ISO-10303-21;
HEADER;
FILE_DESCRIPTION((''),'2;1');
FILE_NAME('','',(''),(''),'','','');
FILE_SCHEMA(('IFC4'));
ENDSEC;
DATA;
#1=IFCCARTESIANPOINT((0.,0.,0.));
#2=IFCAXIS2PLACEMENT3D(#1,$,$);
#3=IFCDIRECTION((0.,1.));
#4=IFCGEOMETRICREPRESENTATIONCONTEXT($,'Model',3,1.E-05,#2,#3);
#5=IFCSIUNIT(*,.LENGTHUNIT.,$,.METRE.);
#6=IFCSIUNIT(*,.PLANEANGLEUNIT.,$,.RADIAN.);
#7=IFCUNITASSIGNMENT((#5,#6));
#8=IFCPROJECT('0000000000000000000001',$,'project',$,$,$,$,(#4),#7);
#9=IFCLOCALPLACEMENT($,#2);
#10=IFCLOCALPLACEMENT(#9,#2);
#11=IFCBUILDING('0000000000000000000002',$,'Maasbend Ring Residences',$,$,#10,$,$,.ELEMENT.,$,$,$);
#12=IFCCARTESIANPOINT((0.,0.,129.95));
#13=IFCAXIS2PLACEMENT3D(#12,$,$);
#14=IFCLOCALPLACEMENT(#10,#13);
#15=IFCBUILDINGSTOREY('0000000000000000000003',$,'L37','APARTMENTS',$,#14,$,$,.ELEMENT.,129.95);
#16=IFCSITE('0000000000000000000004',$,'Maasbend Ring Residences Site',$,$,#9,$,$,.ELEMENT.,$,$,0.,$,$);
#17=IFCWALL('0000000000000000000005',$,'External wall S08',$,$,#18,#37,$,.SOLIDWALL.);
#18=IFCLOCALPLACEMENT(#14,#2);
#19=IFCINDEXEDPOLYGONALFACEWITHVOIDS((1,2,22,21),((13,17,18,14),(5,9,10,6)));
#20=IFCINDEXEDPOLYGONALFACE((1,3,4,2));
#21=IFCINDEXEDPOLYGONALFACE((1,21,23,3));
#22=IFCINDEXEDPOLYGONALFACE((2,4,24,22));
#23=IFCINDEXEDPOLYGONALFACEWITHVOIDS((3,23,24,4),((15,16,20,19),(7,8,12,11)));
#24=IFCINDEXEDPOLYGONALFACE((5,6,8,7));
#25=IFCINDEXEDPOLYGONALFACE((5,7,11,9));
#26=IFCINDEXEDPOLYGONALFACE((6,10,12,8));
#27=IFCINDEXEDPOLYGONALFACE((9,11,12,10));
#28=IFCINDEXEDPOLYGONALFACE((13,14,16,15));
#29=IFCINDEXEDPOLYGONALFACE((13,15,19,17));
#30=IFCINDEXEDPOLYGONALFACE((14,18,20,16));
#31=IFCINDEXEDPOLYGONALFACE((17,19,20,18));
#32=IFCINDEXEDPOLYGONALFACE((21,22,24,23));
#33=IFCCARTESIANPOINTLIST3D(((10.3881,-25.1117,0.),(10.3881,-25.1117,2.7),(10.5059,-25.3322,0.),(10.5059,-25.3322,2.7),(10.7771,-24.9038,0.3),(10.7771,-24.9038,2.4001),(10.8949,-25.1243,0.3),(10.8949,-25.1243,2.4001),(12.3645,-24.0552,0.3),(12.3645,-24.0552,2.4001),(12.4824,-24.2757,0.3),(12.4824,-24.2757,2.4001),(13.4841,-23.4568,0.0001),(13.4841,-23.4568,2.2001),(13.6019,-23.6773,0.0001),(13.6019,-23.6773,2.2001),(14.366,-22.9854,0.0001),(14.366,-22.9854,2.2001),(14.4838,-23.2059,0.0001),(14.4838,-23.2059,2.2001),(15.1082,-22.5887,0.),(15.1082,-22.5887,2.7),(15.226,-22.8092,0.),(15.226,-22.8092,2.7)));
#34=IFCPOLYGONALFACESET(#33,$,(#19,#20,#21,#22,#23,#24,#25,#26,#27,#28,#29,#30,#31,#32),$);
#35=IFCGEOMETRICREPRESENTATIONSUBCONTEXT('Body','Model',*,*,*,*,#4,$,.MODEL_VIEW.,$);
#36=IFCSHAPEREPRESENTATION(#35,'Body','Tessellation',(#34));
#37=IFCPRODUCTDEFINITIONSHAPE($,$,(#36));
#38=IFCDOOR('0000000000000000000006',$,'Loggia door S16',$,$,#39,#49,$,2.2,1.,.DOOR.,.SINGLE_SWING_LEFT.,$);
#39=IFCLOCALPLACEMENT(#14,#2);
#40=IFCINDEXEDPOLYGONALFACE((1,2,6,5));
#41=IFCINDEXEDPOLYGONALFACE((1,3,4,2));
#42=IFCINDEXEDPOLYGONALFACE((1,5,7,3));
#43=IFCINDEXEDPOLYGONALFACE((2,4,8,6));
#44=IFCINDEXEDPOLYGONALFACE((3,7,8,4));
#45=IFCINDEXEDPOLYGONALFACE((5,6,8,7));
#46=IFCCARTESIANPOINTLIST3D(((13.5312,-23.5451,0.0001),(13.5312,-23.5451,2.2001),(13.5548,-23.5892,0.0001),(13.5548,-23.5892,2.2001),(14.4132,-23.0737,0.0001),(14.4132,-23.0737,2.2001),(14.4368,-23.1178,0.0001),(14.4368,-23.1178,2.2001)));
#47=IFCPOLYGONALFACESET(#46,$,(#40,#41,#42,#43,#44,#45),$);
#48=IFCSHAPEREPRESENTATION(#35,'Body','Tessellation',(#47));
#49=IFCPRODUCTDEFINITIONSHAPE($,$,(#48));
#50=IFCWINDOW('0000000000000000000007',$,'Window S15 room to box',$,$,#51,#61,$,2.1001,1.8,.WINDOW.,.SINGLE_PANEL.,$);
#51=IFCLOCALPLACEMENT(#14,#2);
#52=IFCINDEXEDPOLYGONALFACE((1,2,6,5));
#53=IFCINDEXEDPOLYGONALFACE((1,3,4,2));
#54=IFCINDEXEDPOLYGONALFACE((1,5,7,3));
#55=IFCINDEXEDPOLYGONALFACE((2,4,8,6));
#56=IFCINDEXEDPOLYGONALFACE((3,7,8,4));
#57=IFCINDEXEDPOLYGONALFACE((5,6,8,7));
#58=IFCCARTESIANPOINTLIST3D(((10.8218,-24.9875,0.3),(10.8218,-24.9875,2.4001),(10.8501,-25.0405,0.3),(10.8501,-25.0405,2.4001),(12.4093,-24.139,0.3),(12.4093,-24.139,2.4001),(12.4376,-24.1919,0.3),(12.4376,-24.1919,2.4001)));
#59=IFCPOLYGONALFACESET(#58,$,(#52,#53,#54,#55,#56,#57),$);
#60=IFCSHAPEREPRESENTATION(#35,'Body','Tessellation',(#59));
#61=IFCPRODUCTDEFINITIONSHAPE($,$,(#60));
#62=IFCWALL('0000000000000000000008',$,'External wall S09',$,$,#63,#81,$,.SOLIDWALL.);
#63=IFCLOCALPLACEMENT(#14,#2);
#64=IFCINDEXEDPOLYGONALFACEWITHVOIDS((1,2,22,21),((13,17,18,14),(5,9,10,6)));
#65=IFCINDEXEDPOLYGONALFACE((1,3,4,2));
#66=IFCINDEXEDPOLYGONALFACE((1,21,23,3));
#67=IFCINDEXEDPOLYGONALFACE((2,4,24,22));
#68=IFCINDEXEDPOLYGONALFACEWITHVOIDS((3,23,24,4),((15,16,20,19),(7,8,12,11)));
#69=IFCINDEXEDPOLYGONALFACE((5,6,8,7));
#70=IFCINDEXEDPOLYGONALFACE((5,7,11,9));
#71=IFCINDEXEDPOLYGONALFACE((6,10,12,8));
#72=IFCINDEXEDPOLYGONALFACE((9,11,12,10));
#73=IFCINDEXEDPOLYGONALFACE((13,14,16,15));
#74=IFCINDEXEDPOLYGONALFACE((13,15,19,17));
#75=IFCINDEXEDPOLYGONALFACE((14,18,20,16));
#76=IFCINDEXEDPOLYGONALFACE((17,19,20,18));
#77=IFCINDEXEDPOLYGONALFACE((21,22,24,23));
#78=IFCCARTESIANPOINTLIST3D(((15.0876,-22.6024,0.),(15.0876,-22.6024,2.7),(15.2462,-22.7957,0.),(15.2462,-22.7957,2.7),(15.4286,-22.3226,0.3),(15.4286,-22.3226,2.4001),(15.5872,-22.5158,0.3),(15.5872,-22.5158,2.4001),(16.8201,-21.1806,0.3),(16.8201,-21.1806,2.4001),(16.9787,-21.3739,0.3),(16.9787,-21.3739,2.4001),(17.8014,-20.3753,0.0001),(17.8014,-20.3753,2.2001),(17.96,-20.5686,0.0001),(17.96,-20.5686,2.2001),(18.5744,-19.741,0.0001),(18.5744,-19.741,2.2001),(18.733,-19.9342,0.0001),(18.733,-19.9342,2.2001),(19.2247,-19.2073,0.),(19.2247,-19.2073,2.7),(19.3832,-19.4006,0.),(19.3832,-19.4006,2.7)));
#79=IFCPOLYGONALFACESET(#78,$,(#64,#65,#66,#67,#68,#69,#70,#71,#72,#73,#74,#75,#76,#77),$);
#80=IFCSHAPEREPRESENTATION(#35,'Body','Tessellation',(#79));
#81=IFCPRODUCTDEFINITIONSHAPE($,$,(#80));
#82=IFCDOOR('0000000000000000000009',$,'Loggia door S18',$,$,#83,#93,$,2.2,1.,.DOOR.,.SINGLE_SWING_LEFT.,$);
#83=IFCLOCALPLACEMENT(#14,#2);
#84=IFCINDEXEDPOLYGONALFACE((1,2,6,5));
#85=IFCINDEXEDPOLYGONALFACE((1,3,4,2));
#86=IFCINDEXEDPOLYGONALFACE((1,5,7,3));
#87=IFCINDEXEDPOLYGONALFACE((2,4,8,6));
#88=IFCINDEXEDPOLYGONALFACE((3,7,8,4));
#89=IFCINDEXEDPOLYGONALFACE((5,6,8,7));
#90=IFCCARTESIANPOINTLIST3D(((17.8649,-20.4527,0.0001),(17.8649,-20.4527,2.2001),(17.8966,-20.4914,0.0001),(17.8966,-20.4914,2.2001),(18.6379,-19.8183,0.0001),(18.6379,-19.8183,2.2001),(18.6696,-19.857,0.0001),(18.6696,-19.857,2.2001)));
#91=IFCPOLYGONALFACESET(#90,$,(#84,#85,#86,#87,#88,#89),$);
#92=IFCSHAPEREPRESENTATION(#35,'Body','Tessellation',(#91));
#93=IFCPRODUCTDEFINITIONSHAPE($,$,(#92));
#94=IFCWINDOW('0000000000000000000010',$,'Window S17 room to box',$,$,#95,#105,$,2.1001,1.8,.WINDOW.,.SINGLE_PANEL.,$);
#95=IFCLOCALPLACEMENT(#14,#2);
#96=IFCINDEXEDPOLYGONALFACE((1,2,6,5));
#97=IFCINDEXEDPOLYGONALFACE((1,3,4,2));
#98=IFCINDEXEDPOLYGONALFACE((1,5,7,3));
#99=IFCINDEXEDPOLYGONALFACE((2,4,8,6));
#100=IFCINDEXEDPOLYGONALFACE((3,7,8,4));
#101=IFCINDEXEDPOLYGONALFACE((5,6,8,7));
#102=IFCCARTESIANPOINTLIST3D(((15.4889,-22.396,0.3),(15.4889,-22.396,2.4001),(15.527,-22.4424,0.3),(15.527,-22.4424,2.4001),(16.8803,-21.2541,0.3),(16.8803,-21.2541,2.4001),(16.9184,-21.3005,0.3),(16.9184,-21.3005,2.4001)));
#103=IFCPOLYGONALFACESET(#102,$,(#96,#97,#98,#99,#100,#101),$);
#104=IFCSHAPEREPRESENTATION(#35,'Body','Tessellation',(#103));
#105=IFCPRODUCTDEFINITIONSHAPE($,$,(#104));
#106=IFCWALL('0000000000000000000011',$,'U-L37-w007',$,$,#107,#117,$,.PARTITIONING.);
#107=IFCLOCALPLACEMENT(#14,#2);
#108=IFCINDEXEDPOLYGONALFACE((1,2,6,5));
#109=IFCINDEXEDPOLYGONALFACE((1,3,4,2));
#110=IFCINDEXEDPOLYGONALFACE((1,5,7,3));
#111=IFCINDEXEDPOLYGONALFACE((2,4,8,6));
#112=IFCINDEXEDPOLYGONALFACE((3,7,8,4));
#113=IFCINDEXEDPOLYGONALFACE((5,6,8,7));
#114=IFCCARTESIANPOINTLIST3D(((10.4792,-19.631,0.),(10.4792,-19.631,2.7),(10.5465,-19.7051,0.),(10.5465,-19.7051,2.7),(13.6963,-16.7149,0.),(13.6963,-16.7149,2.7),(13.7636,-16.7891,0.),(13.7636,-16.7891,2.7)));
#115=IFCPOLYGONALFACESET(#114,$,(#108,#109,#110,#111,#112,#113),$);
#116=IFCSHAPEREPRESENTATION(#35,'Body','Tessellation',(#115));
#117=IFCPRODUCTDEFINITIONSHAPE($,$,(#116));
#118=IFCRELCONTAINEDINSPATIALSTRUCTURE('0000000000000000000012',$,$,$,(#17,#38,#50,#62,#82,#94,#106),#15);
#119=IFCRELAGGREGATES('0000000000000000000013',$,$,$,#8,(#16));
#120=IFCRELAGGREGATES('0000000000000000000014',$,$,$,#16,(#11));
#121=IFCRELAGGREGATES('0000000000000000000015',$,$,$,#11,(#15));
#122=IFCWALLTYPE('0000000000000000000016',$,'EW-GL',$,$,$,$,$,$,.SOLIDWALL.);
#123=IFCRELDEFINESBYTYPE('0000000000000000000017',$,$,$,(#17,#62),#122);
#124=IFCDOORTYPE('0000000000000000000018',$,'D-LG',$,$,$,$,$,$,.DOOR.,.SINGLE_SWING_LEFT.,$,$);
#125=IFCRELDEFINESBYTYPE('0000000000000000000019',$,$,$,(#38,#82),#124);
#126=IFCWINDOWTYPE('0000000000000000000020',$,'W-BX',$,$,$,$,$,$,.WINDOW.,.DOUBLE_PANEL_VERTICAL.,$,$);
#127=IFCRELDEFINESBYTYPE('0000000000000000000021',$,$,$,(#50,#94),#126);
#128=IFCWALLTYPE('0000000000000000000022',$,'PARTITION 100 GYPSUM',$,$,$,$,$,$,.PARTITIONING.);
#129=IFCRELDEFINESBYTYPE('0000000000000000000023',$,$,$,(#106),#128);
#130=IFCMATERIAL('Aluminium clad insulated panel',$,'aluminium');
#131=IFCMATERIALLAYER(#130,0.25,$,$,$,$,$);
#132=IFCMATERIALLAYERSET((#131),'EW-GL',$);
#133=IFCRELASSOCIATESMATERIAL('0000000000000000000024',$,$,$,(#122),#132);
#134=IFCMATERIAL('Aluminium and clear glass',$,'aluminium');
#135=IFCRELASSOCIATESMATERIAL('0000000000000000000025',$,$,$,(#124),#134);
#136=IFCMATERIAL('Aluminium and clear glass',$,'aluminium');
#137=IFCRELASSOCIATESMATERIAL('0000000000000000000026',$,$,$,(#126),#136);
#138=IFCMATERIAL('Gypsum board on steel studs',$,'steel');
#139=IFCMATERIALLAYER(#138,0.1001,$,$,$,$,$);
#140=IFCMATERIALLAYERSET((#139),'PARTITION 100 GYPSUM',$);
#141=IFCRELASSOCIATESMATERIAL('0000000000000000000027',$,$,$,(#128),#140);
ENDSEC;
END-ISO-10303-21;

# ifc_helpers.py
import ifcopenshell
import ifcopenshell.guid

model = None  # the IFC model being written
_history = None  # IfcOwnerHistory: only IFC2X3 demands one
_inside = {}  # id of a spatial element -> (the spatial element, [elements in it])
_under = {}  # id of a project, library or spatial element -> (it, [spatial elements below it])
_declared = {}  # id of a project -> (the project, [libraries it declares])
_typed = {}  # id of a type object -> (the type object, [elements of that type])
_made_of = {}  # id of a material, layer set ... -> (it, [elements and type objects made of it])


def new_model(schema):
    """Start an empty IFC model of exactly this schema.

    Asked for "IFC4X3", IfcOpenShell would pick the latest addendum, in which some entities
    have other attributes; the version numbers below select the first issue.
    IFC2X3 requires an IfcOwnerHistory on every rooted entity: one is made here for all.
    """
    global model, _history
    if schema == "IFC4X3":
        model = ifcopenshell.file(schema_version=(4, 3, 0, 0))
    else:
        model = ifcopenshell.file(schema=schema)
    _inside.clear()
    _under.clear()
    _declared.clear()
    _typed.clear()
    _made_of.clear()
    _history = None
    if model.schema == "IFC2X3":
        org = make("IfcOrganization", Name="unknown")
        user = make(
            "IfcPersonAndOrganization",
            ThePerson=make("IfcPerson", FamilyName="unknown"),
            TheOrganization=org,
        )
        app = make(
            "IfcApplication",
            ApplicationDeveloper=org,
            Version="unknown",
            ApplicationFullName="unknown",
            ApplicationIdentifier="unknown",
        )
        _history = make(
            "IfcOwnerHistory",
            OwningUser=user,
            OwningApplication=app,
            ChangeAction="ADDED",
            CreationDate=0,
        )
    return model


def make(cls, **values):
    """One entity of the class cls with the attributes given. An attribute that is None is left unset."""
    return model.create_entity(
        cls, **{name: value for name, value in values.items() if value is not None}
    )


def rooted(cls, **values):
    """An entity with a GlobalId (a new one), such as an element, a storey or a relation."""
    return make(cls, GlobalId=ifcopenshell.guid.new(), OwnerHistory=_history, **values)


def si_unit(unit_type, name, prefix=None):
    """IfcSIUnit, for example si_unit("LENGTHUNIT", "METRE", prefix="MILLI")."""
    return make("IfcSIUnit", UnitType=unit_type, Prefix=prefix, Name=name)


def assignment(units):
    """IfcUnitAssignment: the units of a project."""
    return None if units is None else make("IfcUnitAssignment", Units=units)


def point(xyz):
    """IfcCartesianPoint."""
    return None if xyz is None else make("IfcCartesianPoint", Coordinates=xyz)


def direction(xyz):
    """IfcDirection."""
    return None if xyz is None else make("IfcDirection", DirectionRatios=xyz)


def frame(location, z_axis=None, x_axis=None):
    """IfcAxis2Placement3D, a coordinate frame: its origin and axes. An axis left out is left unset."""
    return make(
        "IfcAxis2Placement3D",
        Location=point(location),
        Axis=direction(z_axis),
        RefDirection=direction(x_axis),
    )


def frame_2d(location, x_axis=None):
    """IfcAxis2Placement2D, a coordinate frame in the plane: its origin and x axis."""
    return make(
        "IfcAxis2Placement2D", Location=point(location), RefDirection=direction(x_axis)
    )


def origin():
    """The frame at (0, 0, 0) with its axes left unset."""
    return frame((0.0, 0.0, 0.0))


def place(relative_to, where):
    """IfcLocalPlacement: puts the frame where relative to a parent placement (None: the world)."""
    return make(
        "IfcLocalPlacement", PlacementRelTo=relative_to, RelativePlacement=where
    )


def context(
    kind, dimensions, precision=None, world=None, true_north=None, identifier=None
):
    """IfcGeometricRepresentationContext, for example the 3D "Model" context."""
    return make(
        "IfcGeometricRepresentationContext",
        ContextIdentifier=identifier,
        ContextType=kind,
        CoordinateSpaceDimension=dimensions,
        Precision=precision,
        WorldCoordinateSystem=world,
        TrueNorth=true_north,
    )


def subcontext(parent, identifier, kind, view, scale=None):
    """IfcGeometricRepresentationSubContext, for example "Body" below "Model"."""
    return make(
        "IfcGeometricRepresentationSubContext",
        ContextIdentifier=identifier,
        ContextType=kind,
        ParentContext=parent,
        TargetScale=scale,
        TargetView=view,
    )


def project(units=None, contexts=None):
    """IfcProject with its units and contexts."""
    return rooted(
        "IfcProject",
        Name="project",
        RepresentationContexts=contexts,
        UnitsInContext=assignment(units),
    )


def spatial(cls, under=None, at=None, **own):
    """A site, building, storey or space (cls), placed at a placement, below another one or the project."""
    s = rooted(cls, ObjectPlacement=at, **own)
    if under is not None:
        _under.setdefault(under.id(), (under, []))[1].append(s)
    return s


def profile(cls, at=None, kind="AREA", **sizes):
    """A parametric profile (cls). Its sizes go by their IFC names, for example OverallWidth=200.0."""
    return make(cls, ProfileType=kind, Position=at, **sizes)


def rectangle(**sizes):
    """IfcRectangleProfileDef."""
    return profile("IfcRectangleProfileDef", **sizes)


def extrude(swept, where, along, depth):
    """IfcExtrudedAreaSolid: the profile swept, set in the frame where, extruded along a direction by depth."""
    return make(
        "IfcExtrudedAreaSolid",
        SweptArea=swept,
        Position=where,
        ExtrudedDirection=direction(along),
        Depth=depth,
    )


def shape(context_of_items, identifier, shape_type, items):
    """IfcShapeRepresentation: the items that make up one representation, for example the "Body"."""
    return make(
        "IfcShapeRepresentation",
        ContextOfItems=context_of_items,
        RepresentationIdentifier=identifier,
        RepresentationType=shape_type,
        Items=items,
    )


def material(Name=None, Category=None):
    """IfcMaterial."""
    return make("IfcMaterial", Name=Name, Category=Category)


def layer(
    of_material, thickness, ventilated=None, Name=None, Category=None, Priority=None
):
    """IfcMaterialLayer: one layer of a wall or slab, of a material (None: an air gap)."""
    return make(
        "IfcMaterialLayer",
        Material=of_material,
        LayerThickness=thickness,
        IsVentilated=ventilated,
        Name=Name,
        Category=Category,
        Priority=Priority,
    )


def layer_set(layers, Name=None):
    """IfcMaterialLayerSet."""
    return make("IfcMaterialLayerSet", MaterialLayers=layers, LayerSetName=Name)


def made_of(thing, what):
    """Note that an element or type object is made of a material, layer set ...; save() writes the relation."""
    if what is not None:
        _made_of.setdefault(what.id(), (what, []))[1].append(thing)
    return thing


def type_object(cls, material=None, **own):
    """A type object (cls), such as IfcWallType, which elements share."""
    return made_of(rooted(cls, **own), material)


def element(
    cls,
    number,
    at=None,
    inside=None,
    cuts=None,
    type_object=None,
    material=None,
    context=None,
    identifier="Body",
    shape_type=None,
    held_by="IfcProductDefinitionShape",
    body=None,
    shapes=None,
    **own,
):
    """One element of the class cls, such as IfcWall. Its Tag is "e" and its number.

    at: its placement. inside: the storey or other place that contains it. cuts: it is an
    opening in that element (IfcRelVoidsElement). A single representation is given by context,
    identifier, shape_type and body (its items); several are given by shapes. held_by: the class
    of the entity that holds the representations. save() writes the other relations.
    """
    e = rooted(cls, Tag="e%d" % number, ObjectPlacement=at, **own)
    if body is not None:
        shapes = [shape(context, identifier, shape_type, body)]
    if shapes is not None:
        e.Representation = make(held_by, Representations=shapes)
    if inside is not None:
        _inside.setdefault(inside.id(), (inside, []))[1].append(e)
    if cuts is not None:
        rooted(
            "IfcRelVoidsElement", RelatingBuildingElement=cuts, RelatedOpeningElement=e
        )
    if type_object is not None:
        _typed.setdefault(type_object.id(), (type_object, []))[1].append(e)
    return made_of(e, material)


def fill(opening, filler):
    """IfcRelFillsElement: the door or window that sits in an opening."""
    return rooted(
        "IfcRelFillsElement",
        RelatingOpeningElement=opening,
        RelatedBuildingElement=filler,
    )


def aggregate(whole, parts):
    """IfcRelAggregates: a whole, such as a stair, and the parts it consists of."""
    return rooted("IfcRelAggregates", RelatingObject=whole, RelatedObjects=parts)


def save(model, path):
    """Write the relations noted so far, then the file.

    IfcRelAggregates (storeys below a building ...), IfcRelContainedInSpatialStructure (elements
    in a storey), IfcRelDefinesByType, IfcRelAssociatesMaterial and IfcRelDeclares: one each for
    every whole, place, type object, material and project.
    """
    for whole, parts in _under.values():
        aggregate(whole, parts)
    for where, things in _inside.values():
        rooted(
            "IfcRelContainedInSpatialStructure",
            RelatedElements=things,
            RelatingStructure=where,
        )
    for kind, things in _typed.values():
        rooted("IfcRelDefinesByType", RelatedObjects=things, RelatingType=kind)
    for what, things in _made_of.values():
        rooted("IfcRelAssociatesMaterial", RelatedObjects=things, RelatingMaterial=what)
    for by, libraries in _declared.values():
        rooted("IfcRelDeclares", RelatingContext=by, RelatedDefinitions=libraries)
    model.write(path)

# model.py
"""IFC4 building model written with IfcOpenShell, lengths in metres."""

from ifc_helpers import new_model, si_unit, direction, frame, frame_2d, origin, place, context, subcontext, project, spatial, rectangle, extrude, material, layer, layer_set, type_object, element, fill, save


model = new_model("IFC4")

# Units and contexts
model_context = context("Model", 3, precision=1e-05, world=origin(), true_north=direction((0.0, 1.0)))
body_context = subcontext(model_context, "Body", "Model", "MODEL_VIEW")
ifc_project = project(units=[si_unit("LENGTHUNIT", "METRE"), si_unit("PLANEANGLEUNIT", "RADIAN")], contexts=[model_context])

# Site, building, storey
site_placement = place(None, origin())
site = spatial("IfcSite", under=ifc_project, at=site_placement, Name="Maasbend Ring Residences Site", CompositionType="ELEMENT", RefElevation=0.0)
building_placement = place(site_placement, origin())
building = spatial("IfcBuilding", under=site, at=building_placement, Name="Maasbend Ring Residences", CompositionType="ELEMENT")
storey_placement = place(building_placement, frame((0.0, 0.0, 129.95)))
storey = spatial("IfcBuildingStorey", under=building, at=storey_placement, Name="L37", Description="APARTMENTS", CompositionType="ELEMENT", Elevation=129.95)

# Walls, openings, doors, windows
ifc_material_1 = material(Name="Aluminium clad insulated panel", Category="aluminium")
ifc_layer_1 = layer(ifc_material_1, 0.25)
ifc_layer_set_1 = layer_set([ifc_layer_1], Name="EW-GL")
wall_type_1 = type_object("IfcWallType", Name="EW-GL", PredefinedType="SOLIDWALL", material=ifc_layer_set_1)
wall_1_placement = place(storey_placement, frame((10.447, -25.2219, 0.0), z_axis=(0.0, 0.0, 1.0), x_axis=(0.881916, 0.471407, 0.0)))
wall_1 = element("IfcWall", 1, at=wall_1_placement, inside=storey, type_object=wall_type_1, Name="External wall S08", PredefinedType="SOLIDWALL", context=body_context, shape_type="SweptSolid", body=[
    extrude(rectangle(XDim=5.3521, YDim=0.25, at=frame_2d((2.676, 0.0))), origin(), (0.0, 0.0, 1.0), 2.7),
])
opening_1_placement = place(wall_1_placement, frame((0.4412, 0.0, 0.3)))
opening_1 = element("IfcOpeningElement", 2, at=opening_1_placement, cuts=wall_1, PredefinedType="OPENING", context=body_context, shape_type="SweptSolid", body=[
    extrude(rectangle(XDim=1.8, YDim=2.1001, at=frame_2d((0.8999, 1.05))), frame((0.0, 0.135, 0.0), z_axis=(0.0, -1.0, 0.0), x_axis=(1.0, 0.0, 0.0)), (0.0, 0.0, 1.0), 0.27),
])
opening_2_placement = place(wall_1_placement, frame((3.5105, 0.0, 0.0)))
opening_2 = element("IfcOpeningElement", 3, at=opening_2_placement, cuts=wall_1, PredefinedType="OPENING", context=body_context, shape_type="SweptSolid", body=[
    extrude(rectangle(XDim=1.0, YDim=2.2, at=frame_2d((0.5, 1.1001))), frame((0.0, 0.135, 0.0), z_axis=(0.0, -1.0, 0.0), x_axis=(1.0, 0.0, 0.0)), (0.0, 0.0, 1.0), 0.27),
])
ifc_material_2 = material(Name="Aluminium and clear glass", Category="aluminium")
door_type = type_object("IfcDoorType", Name="D-LG", OperationType="SINGLE_SWING_LEFT", PredefinedType="DOOR", material=ifc_material_2)
door_1_placement = place(opening_2_placement, origin())
door_1 = element("IfcDoor", 4, at=door_1_placement, inside=storey, type_object=door_type, Name="Loggia door S16", OperationType="SINGLE_SWING_LEFT", OverallHeight=2.2, OverallWidth=1.0, PredefinedType="DOOR", context=body_context, shape_type="SweptSolid", body=[
    extrude(rectangle(XDim=1.0, YDim=2.2, at=frame_2d((0.5, 1.1001))), frame((0.0, 0.0249, 0.0), z_axis=(0.0, -1.0, 0.0), x_axis=(1.0, 0.0, 0.0)), (0.0, 0.0, 1.0), 0.05),
])
fill(opening_2, door_1)
ifc_material_3 = material(Name="Aluminium and clear glass", Category="aluminium")
window_type_1 = type_object("IfcWindowType", Name="W-BX", PartitioningType="DOUBLE_PANEL_VERTICAL", PredefinedType="WINDOW", material=ifc_material_3)
window_1_placement = place(opening_1_placement, origin())
window_1 = element("IfcWindow", 5, at=window_1_placement, inside=storey, type_object=window_type_1, Name="Window S15 room to box", OverallHeight=2.1001, OverallWidth=1.8, PartitioningType="SINGLE_PANEL", PredefinedType="WINDOW", context=body_context, shape_type="SweptSolid", body=[
    extrude(rectangle(XDim=1.8, YDim=2.1001, at=frame_2d((0.8999, 1.05))), frame((0.0, 0.03, 0.0), z_axis=(0.0, -1.0, 0.0), x_axis=(1.0, 0.0, 0.0)), (0.0, 0.0, 1.0), 0.0601),
])
fill(opening_1, window_1)
wall_2_placement = place(storey_placement, frame((15.167, -22.699, 0.0), z_axis=(0.0, 0.0, 1.0), x_axis=(0.773019, 0.634382, 0.0)))
wall_2 = element("IfcWall", 6, at=wall_2_placement, inside=storey, type_object=wall_type_1, Name="External wall S09", PredefinedType="SOLIDWALL", context=body_context, shape_type="SweptSolid", body=[
    extrude(rectangle(XDim=5.3518, YDim=0.25, at=frame_2d((2.6758, 0.0))), origin(), (0.0, 0.0, 1.0), 2.7),
])
opening_3_placement = place(wall_2_placement, frame((0.4412, 0.0, 0.3)))
opening_3 = element("IfcOpeningElement", 7, at=opening_3_placement, cuts=wall_2, PredefinedType="OPENING", context=body_context, shape_type="SweptSolid", body=[
    extrude(rectangle(XDim=1.8, YDim=2.1001, at=frame_2d((0.8999, 1.05))), frame((0.0, 0.135, 0.0), z_axis=(0.0, -1.0, 0.0), x_axis=(1.0, 0.0, 0.0)), (0.0, 0.0, 1.0), 0.27),
])
opening_4_placement = place(wall_2_placement, frame((3.5105, 0.0, 0.0)))
opening_4 = element("IfcOpeningElement", 8, at=opening_4_placement, cuts=wall_2, PredefinedType="OPENING", context=body_context, shape_type="SweptSolid", body=[
    extrude(rectangle(XDim=1.0, YDim=2.2, at=frame_2d((0.5, 1.1001))), frame((0.0, 0.135, 0.0), z_axis=(0.0, -1.0, 0.0), x_axis=(1.0, 0.0, 0.0)), (0.0, 0.0, 1.0), 0.27),
])
door_2_placement = place(opening_4_placement, origin())
door_2 = element("IfcDoor", 9, at=door_2_placement, inside=storey, type_object=door_type, Name="Loggia door S18", OperationType="SINGLE_SWING_LEFT", OverallHeight=2.2, OverallWidth=1.0, PredefinedType="DOOR", context=body_context, shape_type="SweptSolid", body=[
    extrude(rectangle(XDim=1.0, YDim=2.2, at=frame_2d((0.5, 1.1001))), frame((0.0, 0.0249, 0.0), z_axis=(0.0, -1.0, 0.0), x_axis=(1.0, 0.0, 0.0)), (0.0, 0.0, 1.0), 0.05),
])
fill(opening_4, door_2)
window_2_placement = place(opening_3_placement, origin())
window_2 = element("IfcWindow", 10, at=window_2_placement, inside=storey, type_object=window_type_1, Name="Window S17 room to box", OverallHeight=2.1001, OverallWidth=1.8, PartitioningType="SINGLE_PANEL", PredefinedType="WINDOW", context=body_context, shape_type="SweptSolid", body=[
    extrude(rectangle(XDim=1.8, YDim=2.1001, at=frame_2d((0.8999, 1.05))), frame((0.0, 0.03, 0.0), z_axis=(0.0, -1.0, 0.0), x_axis=(1.0, 0.0, 0.0)), (0.0, 0.0, 1.0), 0.0601),
])
fill(opening_3, window_2)

# Wall
ifc_material_4 = material(Name="Gypsum board on steel studs", Category="steel")
ifc_layer_2 = layer(ifc_material_4, 0.1001)
ifc_layer_set_2 = layer_set([ifc_layer_2], Name="PARTITION 100 GYPSUM")
wall_type_2 = type_object("IfcWallType", Name="PARTITION 100 GYPSUM", PredefinedType="PARTITIONING", material=ifc_layer_set_2)
wall_3_placement = place(storey_placement, frame((10.5129, -19.668, 0.0), z_axis=(0.0, 0.0, 1.0), x_axis=(0.740921, 0.671592, 0.0)))
element("IfcWall", 11, at=wall_3_placement, inside=storey, type_object=wall_type_2, Name="U-L37-w007", PredefinedType="PARTITIONING", context=body_context, shape_type="SweptSolid", body=[
    extrude(rectangle(XDim=4.342, YDim=0.1001, at=frame_2d((2.1709, 0.0))), origin(), (0.0, 0.0, 1.0), 2.7),
])

save(model, "model.ifc")
